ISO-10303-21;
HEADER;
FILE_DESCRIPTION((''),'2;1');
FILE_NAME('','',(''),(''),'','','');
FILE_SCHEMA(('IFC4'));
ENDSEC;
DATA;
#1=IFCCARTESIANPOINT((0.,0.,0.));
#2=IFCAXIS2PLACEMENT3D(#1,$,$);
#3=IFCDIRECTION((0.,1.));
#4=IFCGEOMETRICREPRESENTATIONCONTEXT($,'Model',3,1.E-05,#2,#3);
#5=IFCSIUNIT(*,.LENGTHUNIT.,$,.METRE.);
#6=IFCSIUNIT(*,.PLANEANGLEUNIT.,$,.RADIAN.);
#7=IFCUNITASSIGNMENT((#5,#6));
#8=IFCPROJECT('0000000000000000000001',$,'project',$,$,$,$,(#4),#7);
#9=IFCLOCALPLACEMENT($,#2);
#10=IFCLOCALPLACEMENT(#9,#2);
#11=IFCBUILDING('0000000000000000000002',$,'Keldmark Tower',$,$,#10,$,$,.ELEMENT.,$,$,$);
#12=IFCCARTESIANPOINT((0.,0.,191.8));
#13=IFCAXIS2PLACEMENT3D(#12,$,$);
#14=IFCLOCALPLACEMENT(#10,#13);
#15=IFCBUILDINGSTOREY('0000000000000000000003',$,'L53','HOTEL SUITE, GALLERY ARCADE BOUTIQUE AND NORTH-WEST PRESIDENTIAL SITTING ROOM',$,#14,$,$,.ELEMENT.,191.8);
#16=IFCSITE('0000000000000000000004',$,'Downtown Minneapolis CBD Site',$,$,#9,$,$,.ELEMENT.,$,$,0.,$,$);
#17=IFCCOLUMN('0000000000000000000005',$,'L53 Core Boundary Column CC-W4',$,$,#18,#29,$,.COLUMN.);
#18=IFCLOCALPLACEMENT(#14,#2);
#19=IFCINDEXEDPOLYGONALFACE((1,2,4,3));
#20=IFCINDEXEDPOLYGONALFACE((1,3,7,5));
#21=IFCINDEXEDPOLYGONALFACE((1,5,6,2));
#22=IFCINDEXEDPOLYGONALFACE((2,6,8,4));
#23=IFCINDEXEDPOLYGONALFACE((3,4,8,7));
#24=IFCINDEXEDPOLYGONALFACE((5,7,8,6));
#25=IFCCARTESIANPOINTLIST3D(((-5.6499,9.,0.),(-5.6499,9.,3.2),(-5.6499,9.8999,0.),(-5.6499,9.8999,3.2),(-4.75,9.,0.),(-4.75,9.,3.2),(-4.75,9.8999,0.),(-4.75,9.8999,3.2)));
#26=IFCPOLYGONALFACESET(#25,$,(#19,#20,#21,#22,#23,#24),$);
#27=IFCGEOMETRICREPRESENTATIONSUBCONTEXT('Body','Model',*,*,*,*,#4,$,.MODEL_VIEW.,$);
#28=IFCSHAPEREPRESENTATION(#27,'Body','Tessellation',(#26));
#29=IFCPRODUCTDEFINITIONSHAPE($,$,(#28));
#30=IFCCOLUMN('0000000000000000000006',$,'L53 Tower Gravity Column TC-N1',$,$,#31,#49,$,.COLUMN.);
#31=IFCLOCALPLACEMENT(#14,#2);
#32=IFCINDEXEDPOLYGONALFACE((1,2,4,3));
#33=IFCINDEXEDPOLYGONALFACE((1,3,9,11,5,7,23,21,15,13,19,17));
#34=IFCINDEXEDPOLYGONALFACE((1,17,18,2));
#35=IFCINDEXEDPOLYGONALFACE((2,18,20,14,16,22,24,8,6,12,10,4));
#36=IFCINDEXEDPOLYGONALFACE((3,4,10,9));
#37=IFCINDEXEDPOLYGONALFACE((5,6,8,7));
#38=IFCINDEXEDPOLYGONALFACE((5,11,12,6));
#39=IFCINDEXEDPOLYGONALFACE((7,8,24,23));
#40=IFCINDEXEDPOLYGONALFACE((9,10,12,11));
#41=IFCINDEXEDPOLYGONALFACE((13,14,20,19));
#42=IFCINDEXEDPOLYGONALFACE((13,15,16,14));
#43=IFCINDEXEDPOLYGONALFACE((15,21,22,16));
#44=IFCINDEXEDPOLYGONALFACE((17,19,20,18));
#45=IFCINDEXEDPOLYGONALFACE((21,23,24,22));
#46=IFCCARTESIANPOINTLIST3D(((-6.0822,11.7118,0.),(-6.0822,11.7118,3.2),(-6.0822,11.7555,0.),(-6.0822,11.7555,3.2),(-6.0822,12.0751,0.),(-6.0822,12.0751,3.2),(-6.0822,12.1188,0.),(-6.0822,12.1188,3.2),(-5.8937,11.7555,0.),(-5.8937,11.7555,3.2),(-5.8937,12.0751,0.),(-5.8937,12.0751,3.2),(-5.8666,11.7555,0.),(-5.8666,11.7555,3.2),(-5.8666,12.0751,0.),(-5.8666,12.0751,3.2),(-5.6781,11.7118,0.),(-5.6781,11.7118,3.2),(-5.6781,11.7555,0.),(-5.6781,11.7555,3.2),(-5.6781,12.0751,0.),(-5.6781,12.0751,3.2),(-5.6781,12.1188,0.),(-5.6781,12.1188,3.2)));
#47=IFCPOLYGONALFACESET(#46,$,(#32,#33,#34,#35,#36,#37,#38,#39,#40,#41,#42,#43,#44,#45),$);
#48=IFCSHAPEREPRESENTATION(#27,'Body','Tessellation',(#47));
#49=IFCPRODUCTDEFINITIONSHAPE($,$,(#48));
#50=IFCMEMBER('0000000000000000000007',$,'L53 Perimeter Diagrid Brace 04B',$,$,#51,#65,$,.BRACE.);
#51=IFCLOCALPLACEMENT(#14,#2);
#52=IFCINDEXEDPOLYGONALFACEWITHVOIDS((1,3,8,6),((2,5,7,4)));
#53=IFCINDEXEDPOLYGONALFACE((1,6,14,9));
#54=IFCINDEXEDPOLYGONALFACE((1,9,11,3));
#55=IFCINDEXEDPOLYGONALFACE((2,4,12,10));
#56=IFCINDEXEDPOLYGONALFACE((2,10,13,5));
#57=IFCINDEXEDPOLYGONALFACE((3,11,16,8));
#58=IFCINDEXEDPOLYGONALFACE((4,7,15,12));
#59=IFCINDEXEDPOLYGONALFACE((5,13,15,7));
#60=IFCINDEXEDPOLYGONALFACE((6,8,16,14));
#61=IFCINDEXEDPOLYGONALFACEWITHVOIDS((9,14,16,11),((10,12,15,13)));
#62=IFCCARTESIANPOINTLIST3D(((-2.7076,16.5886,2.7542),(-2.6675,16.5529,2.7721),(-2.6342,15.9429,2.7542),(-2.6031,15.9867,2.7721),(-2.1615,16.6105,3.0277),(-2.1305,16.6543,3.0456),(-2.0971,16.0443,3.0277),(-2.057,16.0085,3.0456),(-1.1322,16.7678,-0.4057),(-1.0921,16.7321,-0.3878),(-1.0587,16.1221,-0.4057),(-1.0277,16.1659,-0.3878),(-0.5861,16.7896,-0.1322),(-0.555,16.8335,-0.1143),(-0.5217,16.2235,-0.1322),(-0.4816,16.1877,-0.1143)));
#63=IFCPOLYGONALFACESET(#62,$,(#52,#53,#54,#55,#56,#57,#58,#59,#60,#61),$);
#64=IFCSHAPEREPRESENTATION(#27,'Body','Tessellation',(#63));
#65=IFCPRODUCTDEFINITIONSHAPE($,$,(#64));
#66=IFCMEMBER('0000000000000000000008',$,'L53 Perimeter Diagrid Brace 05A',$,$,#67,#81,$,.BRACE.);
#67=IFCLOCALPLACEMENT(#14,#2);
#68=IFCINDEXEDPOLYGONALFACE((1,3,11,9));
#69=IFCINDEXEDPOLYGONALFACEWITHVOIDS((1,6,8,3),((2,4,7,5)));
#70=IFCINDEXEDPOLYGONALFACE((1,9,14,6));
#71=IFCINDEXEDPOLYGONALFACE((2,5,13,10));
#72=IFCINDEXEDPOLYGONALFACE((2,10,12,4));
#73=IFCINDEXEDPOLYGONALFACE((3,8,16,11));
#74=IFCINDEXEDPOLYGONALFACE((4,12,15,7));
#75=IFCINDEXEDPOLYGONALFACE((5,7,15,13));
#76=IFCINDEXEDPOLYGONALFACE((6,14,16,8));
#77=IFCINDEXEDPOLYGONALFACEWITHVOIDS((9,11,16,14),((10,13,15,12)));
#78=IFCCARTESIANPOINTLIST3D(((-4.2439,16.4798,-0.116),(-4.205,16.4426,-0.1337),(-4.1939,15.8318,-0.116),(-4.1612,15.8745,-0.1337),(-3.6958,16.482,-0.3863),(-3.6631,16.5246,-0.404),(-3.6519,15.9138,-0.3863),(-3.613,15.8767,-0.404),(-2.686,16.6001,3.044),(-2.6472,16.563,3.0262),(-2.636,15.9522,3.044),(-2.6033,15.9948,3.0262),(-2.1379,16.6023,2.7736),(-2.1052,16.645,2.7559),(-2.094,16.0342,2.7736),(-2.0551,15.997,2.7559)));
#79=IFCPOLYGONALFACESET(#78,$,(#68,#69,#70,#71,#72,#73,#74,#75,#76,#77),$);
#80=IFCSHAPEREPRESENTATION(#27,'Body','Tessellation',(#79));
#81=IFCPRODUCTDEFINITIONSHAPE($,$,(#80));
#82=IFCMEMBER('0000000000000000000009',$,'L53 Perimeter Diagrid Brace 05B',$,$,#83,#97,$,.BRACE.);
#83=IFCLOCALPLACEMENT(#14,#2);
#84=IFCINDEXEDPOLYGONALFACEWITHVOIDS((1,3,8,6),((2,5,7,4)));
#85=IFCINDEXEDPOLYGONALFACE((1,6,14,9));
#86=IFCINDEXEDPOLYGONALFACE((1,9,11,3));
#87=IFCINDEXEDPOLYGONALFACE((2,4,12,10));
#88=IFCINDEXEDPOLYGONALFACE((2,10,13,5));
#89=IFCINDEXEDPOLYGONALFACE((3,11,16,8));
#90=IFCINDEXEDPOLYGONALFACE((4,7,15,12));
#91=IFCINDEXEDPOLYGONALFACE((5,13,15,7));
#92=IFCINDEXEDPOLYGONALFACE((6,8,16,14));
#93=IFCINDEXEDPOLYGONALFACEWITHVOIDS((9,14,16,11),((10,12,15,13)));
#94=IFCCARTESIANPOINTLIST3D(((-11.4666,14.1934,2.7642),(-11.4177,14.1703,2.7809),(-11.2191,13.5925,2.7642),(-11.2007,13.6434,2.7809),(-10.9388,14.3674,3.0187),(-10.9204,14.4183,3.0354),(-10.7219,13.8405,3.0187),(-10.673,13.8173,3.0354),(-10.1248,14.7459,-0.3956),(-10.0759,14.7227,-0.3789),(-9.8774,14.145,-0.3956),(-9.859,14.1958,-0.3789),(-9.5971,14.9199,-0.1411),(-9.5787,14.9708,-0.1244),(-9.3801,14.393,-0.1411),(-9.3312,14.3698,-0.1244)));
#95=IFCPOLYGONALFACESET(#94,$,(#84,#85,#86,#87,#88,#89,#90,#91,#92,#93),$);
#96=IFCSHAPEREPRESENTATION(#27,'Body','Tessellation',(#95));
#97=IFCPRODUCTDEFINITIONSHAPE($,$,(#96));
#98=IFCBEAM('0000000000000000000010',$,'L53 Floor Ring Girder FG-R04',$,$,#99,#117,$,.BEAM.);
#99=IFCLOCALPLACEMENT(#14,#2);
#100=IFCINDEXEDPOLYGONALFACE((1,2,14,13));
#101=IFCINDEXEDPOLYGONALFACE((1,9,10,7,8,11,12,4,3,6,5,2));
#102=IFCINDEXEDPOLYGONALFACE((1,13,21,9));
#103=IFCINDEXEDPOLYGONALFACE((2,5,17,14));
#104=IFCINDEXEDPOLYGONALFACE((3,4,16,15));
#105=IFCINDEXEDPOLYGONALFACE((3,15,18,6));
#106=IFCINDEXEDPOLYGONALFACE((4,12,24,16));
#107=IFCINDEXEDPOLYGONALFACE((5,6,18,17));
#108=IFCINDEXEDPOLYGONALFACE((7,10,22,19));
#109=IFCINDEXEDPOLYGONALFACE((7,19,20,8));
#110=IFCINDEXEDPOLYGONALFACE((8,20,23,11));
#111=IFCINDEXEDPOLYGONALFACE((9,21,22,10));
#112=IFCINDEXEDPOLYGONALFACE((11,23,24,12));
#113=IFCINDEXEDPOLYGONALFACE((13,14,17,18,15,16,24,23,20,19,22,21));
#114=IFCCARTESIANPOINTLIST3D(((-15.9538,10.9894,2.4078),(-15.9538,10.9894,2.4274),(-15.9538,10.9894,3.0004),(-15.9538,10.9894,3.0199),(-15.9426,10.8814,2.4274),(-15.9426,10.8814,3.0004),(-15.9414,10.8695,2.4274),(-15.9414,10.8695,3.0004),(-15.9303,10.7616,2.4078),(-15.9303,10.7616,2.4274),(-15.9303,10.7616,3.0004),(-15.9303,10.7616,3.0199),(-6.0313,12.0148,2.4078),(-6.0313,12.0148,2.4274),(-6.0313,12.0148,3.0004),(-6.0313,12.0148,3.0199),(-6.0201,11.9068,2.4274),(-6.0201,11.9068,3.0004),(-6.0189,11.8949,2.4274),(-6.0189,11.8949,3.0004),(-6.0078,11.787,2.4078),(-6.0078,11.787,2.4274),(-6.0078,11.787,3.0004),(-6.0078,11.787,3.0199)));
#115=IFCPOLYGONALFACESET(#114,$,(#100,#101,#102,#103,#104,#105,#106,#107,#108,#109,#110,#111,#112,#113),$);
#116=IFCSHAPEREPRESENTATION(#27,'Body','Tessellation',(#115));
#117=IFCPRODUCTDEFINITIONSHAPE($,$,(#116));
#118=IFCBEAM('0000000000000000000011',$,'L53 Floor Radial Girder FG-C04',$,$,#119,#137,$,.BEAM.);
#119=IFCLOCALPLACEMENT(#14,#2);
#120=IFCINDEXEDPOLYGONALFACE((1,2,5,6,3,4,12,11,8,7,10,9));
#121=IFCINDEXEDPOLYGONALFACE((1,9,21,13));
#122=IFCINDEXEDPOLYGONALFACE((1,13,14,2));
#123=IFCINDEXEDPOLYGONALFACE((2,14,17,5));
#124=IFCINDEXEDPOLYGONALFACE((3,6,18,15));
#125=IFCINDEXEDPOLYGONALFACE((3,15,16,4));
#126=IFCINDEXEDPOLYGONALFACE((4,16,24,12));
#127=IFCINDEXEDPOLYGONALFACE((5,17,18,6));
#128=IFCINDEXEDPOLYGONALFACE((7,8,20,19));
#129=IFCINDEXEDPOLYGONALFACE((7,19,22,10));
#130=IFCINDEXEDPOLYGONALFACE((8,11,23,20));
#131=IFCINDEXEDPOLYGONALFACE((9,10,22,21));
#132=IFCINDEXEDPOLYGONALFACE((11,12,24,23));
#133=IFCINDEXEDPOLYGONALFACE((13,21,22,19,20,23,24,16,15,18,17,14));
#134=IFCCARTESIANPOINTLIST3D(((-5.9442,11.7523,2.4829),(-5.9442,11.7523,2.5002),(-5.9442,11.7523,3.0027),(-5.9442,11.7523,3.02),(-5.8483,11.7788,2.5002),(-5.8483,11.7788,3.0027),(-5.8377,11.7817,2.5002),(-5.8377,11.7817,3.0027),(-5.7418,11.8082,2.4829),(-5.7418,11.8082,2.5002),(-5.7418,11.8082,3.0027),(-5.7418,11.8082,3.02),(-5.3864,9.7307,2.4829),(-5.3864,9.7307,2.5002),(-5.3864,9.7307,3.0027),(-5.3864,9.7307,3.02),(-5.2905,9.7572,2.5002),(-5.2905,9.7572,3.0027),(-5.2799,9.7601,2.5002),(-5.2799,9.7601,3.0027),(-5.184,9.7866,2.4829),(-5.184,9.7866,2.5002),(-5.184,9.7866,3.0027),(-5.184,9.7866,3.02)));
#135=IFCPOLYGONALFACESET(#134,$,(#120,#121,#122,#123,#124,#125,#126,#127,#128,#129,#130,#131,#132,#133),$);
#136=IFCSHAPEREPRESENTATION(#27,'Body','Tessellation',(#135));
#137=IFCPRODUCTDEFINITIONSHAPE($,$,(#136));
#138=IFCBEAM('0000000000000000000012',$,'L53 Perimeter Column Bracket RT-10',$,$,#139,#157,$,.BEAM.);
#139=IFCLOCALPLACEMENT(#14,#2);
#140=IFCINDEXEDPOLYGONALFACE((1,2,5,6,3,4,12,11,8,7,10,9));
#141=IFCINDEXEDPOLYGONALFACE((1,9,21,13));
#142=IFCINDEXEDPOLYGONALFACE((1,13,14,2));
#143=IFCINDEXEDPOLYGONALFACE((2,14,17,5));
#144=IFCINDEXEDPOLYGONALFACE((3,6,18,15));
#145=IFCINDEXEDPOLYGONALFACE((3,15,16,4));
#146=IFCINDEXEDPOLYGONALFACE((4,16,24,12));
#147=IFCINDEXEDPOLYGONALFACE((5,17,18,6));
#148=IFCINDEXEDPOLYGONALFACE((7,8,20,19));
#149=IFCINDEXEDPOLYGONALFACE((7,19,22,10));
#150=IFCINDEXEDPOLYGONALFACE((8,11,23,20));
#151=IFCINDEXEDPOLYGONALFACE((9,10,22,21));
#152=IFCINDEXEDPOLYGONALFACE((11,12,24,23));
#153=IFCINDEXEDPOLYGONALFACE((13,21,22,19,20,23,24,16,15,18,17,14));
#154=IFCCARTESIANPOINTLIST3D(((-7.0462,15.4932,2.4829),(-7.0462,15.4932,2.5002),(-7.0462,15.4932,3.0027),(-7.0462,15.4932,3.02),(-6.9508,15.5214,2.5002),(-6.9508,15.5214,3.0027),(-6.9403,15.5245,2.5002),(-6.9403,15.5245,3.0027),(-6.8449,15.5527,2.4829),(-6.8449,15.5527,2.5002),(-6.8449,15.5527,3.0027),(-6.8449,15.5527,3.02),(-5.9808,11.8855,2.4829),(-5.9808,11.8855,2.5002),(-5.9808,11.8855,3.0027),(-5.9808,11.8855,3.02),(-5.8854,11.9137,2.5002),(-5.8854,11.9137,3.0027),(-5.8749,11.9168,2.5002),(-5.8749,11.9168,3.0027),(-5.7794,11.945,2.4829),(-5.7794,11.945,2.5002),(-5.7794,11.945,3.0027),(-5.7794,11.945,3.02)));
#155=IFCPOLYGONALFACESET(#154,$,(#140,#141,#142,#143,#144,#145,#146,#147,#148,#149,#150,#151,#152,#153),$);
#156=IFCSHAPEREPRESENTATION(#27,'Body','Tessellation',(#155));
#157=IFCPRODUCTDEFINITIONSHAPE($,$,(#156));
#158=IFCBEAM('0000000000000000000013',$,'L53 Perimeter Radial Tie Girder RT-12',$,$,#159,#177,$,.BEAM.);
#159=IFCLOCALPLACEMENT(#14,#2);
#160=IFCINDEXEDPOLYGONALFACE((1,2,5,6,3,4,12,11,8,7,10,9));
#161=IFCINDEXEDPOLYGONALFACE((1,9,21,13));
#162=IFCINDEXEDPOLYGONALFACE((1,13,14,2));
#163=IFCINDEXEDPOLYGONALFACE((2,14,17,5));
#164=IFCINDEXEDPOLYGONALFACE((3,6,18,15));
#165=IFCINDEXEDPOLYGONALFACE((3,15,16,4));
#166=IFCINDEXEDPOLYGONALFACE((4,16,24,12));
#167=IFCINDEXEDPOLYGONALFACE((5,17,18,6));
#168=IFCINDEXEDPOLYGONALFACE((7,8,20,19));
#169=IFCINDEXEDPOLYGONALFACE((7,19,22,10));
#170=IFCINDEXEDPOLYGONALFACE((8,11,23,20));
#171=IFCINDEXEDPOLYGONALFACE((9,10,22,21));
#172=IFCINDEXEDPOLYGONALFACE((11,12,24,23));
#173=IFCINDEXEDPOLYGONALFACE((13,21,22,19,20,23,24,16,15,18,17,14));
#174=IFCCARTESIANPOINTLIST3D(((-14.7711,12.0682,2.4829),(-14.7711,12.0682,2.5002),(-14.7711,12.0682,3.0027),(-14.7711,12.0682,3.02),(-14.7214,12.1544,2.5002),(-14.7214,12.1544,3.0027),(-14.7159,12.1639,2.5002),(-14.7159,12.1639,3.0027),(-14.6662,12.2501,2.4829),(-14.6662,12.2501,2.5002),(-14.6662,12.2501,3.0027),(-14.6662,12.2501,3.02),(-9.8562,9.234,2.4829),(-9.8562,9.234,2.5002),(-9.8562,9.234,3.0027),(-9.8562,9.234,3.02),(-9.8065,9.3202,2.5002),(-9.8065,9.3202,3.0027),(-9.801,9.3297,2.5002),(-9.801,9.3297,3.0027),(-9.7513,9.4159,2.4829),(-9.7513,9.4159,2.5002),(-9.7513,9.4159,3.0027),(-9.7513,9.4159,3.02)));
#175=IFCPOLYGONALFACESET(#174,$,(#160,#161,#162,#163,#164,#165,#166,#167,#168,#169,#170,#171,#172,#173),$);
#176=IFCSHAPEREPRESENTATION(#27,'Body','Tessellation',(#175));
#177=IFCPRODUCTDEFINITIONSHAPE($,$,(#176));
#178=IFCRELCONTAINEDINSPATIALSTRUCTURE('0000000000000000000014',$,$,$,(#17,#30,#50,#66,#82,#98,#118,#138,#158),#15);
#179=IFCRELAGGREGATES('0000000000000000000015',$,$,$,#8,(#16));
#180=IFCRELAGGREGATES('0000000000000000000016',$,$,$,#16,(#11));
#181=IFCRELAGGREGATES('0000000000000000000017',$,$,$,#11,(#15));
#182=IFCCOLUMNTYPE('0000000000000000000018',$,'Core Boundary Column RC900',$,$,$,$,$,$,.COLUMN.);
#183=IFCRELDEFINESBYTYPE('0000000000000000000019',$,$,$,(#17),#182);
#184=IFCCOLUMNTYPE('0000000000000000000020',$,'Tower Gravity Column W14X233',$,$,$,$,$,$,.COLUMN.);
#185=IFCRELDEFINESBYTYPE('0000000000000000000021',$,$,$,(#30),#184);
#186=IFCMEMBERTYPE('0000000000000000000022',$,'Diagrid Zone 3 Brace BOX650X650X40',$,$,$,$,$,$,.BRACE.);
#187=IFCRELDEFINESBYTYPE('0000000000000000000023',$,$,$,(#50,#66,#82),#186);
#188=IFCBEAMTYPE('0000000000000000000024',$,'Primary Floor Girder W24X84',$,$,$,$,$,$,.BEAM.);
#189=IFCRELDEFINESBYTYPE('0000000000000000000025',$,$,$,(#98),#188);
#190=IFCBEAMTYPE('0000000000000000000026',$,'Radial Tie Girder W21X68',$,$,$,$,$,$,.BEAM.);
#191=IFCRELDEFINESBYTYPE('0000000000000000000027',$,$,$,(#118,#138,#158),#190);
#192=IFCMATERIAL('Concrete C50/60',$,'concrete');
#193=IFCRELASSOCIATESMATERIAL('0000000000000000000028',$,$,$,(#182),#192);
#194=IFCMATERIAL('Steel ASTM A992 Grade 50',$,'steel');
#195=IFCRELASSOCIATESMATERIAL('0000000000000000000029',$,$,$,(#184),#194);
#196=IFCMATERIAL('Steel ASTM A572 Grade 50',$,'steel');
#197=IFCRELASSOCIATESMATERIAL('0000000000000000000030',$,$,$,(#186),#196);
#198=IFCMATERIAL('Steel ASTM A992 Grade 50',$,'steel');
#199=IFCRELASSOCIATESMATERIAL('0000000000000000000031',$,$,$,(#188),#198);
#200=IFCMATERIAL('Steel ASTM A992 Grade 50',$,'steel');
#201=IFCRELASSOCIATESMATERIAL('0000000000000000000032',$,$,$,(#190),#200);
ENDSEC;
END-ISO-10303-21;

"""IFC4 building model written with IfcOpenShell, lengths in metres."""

from ifc_helpers import new_model, si_unit, direction, frame, origin, origin_2d, place, context, subcontext, project, spatial, rectangle, hollow_rectangle, i_section, extrude, material, material_profile, profile_set, type_object, element, save


model = new_model("IFC4")

# Units and contexts
model_context = context("Model", 3, precision=1e-05, world=origin(), true_north=direction((0.0, 1.0)))
body_context = subcontext(model_context, "Body", "Model", "MODEL_VIEW")
ifc_project = project(units=[si_unit("LENGTHUNIT", "METRE"), si_unit("PLANEANGLEUNIT", "RADIAN")], contexts=[model_context])

# Site, building, storey
site_placement = place(None, origin())
site = spatial("IfcSite", under=ifc_project, at=site_placement, Name="Downtown Minneapolis CBD Site", CompositionType="ELEMENT", RefElevation=0.0)
building_placement = place(site_placement, origin())
building = spatial("IfcBuilding", under=site, at=building_placement, Name="Keldmark Tower", CompositionType="ELEMENT")
storey_placement = place(building_placement, frame((0.0, 0.0, 191.8)))
storey = spatial("IfcBuildingStorey", under=building, at=storey_placement, Name="L53", Description="HOTEL SUITE, GALLERY ARCADE BOUTIQUE AND NORTH-WEST PRESIDENTIAL SITTING ROOM", CompositionType="ELEMENT", Elevation=191.8)

# Columns
ifc_material_1 = material(Name="Concrete C50/60", Category="concrete")
ifc_material_profile_1 = material_profile(ifc_material_1, rectangle(XDim=0.8999, YDim=0.8999, at=origin_2d()), Name="RC900X900")
ifc_profile_set_1 = profile_set([ifc_material_profile_1], Name="Concrete C50/60")
column_type_1 = type_object("IfcColumnType", Name="Core Boundary Column RC900", PredefinedType="COLUMN", material=ifc_profile_set_1)
column_1_placement = place(storey_placement, frame((-5.2, 9.45, 0.0), z_axis=(0.0, 0.0, 1.0), x_axis=(1.0, 0.0, 0.0)))
element("IfcColumn", 1, at=column_1_placement, inside=storey, type_object=column_type_1, Name="L53 Core Boundary Column CC-W4", PredefinedType="COLUMN", context=body_context, shape_type="SweptSolid", body=[
    extrude(rectangle(XDim=0.8999, YDim=0.8999, at=origin_2d()), origin(), (0.0, 0.0, 1.0), 3.2),
])
ifc_material_2 = material(Name="Steel ASTM A992 Grade 50", Category="steel")
ifc_material_profile_2 = material_profile(ifc_material_2, i_section(OverallWidth=0.4041, OverallDepth=0.407, WebThickness=0.0271, FlangeThickness=0.0437, at=origin_2d()), Name="W14X233")
ifc_profile_set_2 = profile_set([ifc_material_profile_2], Name="Steel ASTM A992 Grade 50")
column_type_2 = type_object("IfcColumnType", Name="Tower Gravity Column W14X233", PredefinedType="COLUMN", material=ifc_profile_set_2)
column_2_placement = place(storey_placement, frame((-5.8801, 11.9153, 0.0), z_axis=(0.0, 0.0, 1.0), x_axis=(1.0, 0.0, 0.0)))
element("IfcColumn", 2, at=column_2_placement, inside=storey, type_object=column_type_2, Name="L53 Tower Gravity Column TC-N1", PredefinedType="COLUMN", context=body_context, shape_type="SweptSolid", body=[
    extrude(i_section(OverallWidth=0.4041, OverallDepth=0.407, WebThickness=0.0271, FlangeThickness=0.0437, at=origin_2d()), origin(), (0.0, 0.0, 1.0), 3.2),
])

# Members
ifc_material_3 = material(Name="Steel ASTM A572 Grade 50", Category="steel")
ifc_material_profile_3 = material_profile(ifc_material_3, hollow_rectangle(XDim=0.6499, YDim=0.6499, WallThickness=0.04, at=origin_2d()), Name="BOX650X650X40")
ifc_profile_set_3 = profile_set([ifc_material_profile_3], Name="Steel ASTM A572 Grade 50")
member_type = type_object("IfcMemberType", Name="Diagrid Zone 3 Brace BOX650X650X40", PredefinedType="BRACE", material=ifc_profile_set_3)
member_1_placement = place(storey_placement, frame((-0.8069, 16.4778, -0.26), z_axis=(-0.445616, -0.050687, 0.893788), x_axis=(0.113017, -0.993593, 0.0)))
element("IfcMember", 3, at=member_1_placement, inside=storey, type_object=member_type, Name="L53 Perimeter Diagrid Brace 04B", PredefinedType="BRACE", context=body_context, shape_type="SweptSolid", body=[
    extrude(hollow_rectangle(XDim=0.6499, YDim=0.6499, WallThickness=0.04, at=origin_2d()), origin(), (0.0, 0.0, 1.0), 3.5354),
])
member_2_placement = place(storey_placement, frame((-3.9285, 16.1782, -0.26), z_axis=(0.441932, 0.034144, 0.896399), x_axis=(-0.077031, 0.997029, 0.0)))
element("IfcMember", 4, at=member_2_placement, inside=storey, type_object=member_type, Name="L53 Perimeter Diagrid Brace 05A", PredefinedType="BRACE", context=body_context, shape_type="SweptSolid", body=[
    extrude(hollow_rectangle(XDim=0.6499, YDim=0.6499, WallThickness=0.04, at=origin_2d()), origin(), (0.0, 0.0, 1.0), 3.5251),
])
member_3_placement = place(storey_placement, frame((-9.728, 14.5579, -0.26), z_axis=(-0.385888, -0.158891, 0.90876), x_axis=(0.380741, -0.924682, 0.0)))
element("IfcMember", 5, at=member_3_placement, inside=storey, type_object=member_type, Name="L53 Perimeter Diagrid Brace 05B", PredefinedType="BRACE", context=body_context, shape_type="SweptSolid", body=[
    extrude(hollow_rectangle(XDim=0.6499, YDim=0.6499, WallThickness=0.04, at=origin_2d()), origin(), (0.0, 0.0, 1.0), 3.4771),
])

# Beams
ifc_material_4 = material(Name="Steel ASTM A992 Grade 50", Category="steel")
ifc_material_profile_4 = material_profile(ifc_material_4, i_section(OverallWidth=0.229, OverallDepth=0.6121, WebThickness=0.012, FlangeThickness=0.0195, at=origin_2d()), Name="W24X84")
ifc_profile_set_4 = profile_set([ifc_material_profile_4], Name="Steel ASTM A992 Grade 50")
beam_type_1 = type_object("IfcBeamType", Name="Primary Floor Girder W24X84", PredefinedType="BEAM", material=ifc_profile_set_4)
beam_1_placement = place(storey_placement, frame((-6.0195, 11.9009, 2.7139), z_axis=(-0.994703, -0.102791, 0.0), x_axis=(0.102791, -0.994703, 0.0)))
element("IfcBeam", 6, at=beam_1_placement, inside=storey, type_object=beam_type_1, Name="L53 Floor Ring Girder FG-R04", PredefinedType="BEAM", context=body_context, shape_type="SweptSolid", body=[
    extrude(i_section(OverallWidth=0.229, OverallDepth=0.6121, WebThickness=0.012, FlangeThickness=0.0195, at=origin_2d()), origin(), (0.0, 0.0, 1.0), 9.9753),
])
ifc_material_5 = material(Name="Steel ASTM A992 Grade 50", Category="steel")
ifc_material_profile_5 = material_profile(ifc_material_5, i_section(OverallWidth=0.21, OverallDepth=0.5371, WebThickness=0.011, FlangeThickness=0.0173, at=origin_2d()), Name="W21X68")
ifc_profile_set_5 = profile_set([ifc_material_profile_5], Name="Steel ASTM A992 Grade 50")
beam_type_2 = type_object("IfcBeamType", Name="Radial Tie Girder W21X68", PredefinedType="BEAM", material=ifc_profile_set_5)
beam_2_placement = place(storey_placement, frame((-5.843, 11.7803, 2.7515), z_axis=(0.265992, -0.963975, 0.0), x_axis=(0.963975, 0.265992, 0.0)))
element("IfcBeam", 7, at=beam_2_placement, inside=storey, type_object=beam_type_2, Name="L53 Floor Radial Girder FG-C04", PredefinedType="BEAM", context=body_context, shape_type="SweptSolid", body=[
    extrude(i_section(OverallWidth=0.21, OverallDepth=0.5371, WebThickness=0.011, FlangeThickness=0.0173, at=origin_2d()), origin(), (0.0, 0.0, 1.0), 2.0972),
])
beam_3_placement = place(storey_placement, frame((-5.8801, 11.9153, 2.7515), z_axis=(-0.283231, 0.959052, 0.0), x_axis=(-0.959052, -0.283231, 0.0)))
element("IfcBeam", 8, at=beam_3_placement, inside=storey, type_object=beam_type_2, Name="L53 Perimeter Column Bracket RT-10", PredefinedType="BEAM", context=body_context, shape_type="SweptSolid", body=[
    extrude(i_section(OverallWidth=0.21, OverallDepth=0.5371, WebThickness=0.011, FlangeThickness=0.0173, at=origin_2d()), origin(), (0.0, 0.0, 1.0), 3.7617),
])
beam_4_placement = place(storey_placement, frame((-9.8037, 9.325, 2.7515), z_axis=(-0.86629, 0.499541, 0.0), x_axis=(-0.499541, -0.86629, 0.0)))
element("IfcBeam", 9, at=beam_4_placement, inside=storey, type_object=beam_type_2, Name="L53 Perimeter Radial Tie Girder RT-12", PredefinedType="BEAM", context=body_context, shape_type="SweptSolid", body=[
    extrude(i_section(OverallWidth=0.21, OverallDepth=0.5371, WebThickness=0.011, FlangeThickness=0.0173, at=origin_2d()), origin(), (0.0, 0.0, 1.0), 5.6736),
])

save(model, "model.ifc")
